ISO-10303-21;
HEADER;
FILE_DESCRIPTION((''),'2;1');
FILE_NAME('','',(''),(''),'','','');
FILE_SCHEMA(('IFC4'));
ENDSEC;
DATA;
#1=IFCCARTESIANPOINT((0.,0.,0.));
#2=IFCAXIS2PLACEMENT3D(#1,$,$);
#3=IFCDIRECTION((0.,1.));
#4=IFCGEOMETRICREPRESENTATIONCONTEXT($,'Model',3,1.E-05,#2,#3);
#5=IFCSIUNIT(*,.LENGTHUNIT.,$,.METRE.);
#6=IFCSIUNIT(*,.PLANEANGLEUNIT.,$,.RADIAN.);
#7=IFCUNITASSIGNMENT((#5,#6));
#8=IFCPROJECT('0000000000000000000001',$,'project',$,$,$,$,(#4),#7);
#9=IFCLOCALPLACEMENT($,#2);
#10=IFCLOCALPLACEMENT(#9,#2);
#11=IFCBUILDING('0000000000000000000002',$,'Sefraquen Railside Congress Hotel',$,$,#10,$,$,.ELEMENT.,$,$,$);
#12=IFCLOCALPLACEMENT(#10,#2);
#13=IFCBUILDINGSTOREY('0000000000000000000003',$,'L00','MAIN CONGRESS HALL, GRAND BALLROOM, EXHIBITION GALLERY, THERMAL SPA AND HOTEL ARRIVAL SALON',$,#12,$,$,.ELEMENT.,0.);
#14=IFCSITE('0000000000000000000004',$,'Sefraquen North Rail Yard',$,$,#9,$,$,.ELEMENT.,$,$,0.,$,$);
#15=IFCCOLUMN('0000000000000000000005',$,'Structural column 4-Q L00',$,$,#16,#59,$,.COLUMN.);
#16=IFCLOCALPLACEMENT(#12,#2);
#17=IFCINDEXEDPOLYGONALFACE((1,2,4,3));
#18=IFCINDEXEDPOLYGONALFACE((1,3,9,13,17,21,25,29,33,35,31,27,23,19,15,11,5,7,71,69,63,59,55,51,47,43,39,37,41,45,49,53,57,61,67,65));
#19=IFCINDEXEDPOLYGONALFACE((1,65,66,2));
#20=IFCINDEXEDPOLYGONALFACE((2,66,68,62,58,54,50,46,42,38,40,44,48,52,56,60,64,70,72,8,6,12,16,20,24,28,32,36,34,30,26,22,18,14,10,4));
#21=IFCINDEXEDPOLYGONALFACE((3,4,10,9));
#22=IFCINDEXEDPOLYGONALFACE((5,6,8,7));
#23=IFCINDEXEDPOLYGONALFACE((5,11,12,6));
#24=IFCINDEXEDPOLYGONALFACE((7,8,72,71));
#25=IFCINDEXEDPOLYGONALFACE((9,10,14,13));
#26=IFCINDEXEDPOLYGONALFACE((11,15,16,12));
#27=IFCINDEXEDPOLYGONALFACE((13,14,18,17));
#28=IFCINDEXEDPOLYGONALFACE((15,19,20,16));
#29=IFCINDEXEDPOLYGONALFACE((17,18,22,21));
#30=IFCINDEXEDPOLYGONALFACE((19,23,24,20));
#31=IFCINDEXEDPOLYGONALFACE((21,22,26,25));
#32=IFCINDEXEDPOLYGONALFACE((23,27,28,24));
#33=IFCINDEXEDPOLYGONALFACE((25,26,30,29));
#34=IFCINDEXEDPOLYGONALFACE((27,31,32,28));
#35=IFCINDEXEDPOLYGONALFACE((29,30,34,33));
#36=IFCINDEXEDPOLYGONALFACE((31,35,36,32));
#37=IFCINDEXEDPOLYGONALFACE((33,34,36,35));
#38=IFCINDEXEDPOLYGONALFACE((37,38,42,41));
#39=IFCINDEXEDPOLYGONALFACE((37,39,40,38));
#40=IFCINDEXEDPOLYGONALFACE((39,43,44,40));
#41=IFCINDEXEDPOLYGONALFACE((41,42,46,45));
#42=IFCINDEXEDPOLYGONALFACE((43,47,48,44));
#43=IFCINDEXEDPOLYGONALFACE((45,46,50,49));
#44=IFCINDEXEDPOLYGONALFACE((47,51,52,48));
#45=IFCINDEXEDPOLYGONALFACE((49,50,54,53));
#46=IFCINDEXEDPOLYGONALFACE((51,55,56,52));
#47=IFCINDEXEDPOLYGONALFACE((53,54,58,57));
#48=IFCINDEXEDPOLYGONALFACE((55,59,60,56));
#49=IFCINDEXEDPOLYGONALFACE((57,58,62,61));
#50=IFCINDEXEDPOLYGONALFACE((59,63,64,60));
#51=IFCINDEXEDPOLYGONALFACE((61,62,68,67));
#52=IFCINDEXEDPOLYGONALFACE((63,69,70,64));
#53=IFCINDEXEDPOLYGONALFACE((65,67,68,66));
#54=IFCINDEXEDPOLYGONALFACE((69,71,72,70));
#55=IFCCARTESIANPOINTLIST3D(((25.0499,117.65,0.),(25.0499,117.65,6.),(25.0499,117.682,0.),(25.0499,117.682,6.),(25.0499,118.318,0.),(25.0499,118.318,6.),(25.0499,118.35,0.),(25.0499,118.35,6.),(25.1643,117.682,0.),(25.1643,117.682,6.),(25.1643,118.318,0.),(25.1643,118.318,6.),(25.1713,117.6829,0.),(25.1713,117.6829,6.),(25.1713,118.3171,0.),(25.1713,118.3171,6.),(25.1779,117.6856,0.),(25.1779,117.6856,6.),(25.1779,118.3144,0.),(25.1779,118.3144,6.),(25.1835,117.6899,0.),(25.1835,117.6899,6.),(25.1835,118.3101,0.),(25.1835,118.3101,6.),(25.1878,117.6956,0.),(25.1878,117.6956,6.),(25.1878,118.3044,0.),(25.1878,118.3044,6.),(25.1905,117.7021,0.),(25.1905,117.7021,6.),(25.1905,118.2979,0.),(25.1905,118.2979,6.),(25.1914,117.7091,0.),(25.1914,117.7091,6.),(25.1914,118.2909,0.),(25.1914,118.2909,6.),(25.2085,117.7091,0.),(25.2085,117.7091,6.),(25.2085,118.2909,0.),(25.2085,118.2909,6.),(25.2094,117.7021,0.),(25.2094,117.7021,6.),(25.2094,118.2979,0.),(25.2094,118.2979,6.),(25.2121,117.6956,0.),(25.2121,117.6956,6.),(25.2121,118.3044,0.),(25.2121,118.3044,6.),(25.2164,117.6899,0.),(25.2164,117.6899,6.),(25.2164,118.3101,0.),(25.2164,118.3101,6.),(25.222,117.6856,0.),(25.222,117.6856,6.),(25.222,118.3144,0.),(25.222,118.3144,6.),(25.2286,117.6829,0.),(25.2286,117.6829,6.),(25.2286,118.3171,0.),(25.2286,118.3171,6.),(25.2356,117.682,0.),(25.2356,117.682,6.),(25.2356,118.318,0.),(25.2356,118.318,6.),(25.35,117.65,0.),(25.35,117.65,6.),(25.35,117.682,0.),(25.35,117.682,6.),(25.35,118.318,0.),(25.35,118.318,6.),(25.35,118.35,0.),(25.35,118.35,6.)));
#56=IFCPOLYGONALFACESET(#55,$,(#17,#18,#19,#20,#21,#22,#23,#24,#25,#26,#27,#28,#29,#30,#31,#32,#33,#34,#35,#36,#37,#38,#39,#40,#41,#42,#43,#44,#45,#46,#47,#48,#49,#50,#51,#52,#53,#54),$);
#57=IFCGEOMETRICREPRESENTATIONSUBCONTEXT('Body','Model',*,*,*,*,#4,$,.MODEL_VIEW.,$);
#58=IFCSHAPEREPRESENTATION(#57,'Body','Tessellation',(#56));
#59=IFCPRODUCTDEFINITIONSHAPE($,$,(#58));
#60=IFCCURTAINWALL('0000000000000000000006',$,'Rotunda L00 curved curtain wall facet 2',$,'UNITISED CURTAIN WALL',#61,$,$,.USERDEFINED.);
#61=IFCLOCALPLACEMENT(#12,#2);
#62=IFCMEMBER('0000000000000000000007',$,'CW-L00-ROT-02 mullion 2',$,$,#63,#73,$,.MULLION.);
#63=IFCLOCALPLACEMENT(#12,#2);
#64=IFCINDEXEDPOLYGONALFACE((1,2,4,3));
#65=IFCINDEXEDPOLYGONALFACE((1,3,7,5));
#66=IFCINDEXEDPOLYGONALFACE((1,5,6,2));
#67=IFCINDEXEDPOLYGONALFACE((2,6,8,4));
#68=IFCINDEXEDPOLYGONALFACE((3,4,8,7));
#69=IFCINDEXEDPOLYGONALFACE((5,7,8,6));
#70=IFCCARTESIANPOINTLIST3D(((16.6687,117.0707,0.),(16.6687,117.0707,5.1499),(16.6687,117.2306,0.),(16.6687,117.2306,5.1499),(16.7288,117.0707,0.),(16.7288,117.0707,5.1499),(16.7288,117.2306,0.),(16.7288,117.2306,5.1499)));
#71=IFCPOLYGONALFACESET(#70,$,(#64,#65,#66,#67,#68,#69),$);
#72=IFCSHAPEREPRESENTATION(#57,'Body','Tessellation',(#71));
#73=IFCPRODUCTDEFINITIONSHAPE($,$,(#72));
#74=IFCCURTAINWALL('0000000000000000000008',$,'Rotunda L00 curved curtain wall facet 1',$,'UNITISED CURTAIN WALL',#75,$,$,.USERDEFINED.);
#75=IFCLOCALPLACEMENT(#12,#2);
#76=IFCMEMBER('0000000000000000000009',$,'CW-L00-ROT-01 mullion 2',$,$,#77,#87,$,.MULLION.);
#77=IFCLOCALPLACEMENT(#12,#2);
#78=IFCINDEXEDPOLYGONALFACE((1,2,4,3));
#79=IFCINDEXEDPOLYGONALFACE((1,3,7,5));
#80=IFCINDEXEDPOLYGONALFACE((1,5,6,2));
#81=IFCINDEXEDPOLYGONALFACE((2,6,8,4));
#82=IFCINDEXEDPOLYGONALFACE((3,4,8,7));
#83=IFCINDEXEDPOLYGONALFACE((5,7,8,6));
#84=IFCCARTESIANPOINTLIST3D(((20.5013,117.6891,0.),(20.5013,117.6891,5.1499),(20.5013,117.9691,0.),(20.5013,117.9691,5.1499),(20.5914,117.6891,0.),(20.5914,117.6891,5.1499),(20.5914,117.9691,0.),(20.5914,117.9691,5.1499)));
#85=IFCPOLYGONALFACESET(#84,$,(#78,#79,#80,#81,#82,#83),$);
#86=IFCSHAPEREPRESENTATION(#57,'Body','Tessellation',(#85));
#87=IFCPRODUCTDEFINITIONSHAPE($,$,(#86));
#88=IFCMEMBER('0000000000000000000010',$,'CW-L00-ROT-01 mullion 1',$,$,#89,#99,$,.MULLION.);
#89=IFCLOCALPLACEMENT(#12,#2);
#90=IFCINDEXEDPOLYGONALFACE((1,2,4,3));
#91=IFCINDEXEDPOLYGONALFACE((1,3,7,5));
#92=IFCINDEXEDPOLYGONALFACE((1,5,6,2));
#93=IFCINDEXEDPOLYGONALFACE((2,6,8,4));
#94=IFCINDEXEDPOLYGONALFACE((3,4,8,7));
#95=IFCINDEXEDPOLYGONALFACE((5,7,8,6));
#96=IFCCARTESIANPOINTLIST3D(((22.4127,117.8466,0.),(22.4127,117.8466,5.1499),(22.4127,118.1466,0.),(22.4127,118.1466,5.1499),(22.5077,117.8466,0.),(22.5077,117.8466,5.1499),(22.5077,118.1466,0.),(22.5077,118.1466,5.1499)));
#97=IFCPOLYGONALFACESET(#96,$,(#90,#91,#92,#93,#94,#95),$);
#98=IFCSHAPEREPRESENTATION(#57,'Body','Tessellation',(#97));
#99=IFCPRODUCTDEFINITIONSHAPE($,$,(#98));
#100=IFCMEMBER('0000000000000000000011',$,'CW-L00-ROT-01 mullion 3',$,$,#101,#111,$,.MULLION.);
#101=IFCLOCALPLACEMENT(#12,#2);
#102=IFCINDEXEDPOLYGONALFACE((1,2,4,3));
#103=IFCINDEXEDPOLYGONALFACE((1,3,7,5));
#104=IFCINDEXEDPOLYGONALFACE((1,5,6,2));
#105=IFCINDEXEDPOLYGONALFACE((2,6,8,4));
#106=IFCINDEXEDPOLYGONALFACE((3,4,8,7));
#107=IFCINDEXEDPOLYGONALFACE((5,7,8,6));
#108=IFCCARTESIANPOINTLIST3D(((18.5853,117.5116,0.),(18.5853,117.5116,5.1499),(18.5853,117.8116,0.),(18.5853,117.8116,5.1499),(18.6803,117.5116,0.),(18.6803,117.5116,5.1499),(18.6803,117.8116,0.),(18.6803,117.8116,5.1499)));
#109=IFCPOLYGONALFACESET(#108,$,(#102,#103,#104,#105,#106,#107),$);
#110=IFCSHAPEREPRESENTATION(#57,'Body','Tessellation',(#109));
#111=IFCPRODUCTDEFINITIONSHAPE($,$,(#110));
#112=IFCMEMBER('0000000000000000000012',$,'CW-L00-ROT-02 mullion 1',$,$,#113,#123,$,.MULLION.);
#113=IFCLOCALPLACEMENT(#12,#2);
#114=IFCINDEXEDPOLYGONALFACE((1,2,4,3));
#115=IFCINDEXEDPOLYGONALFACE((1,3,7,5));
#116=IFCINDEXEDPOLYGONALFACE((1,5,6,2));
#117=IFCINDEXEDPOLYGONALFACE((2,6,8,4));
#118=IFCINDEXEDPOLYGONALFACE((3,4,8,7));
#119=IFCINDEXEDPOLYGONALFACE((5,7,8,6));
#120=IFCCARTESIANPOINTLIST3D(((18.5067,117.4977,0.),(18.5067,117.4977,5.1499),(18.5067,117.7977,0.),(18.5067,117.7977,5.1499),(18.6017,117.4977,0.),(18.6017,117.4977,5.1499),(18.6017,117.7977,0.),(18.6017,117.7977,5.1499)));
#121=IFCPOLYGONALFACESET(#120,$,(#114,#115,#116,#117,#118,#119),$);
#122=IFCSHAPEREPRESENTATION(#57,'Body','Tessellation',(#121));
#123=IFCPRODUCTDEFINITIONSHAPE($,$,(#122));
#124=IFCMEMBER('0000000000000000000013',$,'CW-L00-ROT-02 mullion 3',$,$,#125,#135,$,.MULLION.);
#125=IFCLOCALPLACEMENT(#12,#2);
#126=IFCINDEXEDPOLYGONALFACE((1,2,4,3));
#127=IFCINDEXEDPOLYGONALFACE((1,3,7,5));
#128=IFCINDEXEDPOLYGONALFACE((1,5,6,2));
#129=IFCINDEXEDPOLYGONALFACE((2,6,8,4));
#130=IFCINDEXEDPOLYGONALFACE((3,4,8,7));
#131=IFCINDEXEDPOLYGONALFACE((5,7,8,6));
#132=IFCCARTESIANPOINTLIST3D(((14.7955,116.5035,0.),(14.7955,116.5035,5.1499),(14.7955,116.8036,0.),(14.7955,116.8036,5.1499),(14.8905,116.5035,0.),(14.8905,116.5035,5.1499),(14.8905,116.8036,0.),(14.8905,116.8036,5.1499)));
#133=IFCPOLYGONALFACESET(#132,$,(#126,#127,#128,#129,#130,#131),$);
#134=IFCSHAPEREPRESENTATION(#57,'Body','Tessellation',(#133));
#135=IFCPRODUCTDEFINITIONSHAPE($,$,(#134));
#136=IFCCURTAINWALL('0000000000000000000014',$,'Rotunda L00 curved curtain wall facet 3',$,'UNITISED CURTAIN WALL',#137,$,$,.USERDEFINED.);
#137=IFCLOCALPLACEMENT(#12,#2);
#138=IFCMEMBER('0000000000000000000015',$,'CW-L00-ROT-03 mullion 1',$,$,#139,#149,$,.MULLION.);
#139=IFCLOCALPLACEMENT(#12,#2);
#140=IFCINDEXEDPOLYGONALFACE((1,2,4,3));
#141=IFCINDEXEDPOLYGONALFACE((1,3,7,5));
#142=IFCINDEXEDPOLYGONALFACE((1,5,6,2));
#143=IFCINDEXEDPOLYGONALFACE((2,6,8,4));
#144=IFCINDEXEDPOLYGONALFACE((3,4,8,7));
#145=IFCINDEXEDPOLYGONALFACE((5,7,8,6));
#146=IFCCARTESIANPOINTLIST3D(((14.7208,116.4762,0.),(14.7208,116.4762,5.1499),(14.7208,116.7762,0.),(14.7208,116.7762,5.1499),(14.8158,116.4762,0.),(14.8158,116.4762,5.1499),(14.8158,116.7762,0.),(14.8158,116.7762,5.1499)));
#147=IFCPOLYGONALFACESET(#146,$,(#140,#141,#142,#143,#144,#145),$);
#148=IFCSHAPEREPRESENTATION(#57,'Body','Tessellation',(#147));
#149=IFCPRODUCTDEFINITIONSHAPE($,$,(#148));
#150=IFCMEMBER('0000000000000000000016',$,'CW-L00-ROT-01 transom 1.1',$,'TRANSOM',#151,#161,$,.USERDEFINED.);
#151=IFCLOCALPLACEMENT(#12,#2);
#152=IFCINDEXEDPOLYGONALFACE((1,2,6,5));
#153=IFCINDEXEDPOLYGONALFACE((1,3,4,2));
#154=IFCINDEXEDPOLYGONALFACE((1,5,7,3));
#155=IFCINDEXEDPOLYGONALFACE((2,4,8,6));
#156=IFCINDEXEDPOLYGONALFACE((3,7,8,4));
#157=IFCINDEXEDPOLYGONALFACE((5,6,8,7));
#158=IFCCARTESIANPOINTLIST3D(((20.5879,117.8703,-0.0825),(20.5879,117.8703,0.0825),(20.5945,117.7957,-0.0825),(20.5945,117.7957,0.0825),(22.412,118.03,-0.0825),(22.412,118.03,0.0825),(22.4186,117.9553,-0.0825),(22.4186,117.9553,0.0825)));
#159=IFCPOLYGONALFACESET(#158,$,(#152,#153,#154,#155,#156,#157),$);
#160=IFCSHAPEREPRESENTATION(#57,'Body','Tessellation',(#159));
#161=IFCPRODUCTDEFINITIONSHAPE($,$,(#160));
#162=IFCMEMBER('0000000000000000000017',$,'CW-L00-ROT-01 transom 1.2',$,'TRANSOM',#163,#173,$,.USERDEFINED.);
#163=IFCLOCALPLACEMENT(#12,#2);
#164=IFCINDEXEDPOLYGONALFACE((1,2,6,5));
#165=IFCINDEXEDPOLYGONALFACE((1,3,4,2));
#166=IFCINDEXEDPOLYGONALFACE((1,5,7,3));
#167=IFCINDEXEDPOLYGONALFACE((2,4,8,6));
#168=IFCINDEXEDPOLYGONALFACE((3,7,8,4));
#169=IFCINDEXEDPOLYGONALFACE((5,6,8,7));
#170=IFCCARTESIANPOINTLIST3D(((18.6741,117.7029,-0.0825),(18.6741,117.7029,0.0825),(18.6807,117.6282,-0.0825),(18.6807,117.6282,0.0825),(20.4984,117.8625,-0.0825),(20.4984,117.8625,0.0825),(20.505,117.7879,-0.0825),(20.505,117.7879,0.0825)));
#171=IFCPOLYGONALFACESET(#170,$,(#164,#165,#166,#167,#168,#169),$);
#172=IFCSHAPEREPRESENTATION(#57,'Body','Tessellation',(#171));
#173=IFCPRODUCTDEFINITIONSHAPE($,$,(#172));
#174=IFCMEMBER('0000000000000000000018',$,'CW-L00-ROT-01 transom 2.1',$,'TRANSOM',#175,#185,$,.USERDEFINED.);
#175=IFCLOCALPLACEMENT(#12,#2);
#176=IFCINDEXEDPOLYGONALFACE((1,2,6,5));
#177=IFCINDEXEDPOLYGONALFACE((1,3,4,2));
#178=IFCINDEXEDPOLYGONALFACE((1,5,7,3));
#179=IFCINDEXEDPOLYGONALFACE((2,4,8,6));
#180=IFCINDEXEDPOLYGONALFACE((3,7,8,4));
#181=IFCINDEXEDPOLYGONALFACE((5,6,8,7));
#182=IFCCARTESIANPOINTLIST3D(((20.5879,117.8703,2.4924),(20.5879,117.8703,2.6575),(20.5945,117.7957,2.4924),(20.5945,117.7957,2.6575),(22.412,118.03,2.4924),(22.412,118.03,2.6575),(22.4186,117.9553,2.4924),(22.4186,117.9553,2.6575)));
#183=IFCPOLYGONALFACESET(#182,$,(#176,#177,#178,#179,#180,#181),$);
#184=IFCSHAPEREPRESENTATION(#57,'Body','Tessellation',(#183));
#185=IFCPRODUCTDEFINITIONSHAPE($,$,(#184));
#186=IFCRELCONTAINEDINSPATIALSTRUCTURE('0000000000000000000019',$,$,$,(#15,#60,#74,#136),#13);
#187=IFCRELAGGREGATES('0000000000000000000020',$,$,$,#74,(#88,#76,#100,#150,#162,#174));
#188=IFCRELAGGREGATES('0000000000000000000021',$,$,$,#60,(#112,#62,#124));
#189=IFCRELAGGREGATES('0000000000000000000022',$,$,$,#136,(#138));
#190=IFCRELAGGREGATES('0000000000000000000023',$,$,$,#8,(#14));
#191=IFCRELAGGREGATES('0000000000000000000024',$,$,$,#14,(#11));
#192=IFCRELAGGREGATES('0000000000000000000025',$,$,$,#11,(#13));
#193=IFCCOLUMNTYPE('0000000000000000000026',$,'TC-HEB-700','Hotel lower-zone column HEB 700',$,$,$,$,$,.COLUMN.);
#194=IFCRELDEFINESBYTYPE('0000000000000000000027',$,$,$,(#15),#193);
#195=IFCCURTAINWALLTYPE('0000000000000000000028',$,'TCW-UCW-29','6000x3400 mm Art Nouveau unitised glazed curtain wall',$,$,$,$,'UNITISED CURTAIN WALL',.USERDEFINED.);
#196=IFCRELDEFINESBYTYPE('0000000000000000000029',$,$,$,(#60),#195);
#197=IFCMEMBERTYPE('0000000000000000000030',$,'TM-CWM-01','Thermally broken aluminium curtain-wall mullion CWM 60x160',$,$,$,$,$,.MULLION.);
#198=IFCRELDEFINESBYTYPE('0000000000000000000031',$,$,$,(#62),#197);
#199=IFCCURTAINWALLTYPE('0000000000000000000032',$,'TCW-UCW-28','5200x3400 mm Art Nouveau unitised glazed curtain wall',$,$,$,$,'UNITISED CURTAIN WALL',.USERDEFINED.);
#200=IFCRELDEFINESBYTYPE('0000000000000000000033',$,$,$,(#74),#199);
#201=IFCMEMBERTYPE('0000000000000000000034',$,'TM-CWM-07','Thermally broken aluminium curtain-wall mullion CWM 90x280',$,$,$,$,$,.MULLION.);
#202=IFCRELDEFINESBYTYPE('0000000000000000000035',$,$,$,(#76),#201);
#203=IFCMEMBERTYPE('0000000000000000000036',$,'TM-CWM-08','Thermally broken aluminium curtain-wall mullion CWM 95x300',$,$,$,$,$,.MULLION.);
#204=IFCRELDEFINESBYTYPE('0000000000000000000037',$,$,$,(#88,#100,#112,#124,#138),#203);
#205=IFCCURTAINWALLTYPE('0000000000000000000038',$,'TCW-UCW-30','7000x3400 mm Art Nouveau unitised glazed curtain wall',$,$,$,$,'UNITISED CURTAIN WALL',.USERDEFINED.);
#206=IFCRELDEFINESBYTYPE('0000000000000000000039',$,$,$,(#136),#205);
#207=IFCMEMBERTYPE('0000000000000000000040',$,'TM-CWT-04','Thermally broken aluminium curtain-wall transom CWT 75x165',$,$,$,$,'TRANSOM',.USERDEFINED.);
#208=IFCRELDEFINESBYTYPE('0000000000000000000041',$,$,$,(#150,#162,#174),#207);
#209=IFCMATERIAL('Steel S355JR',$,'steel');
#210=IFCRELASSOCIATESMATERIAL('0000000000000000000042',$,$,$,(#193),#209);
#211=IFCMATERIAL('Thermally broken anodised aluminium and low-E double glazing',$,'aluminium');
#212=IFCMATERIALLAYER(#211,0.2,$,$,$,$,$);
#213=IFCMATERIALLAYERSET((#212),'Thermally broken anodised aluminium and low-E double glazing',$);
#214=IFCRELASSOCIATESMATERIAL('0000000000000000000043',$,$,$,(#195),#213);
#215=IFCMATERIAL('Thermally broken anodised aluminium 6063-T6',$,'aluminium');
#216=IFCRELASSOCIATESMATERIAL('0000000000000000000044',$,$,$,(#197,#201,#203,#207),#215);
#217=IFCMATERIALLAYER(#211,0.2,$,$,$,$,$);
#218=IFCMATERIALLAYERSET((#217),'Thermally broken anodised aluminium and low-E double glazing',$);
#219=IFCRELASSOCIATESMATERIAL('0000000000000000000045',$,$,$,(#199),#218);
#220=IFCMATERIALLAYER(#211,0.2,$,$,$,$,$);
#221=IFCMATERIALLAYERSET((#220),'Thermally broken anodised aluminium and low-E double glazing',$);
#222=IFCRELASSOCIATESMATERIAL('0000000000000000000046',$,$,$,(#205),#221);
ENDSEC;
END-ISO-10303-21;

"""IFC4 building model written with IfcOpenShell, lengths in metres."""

from ifc_helpers import new_model, si_unit, direction, frame, origin, origin_2d, place, context, subcontext, project, spatial, rectangle, i_section, extrude, material, layer, layer_set, material_profile, profile_set, type_object, element, aggregate, save


model = new_model("IFC4")

# Units and contexts
model_context = context("Model", 3, precision=1e-05, world=origin(), true_north=direction((0.0, 1.0)))
body_context = subcontext(model_context, "Body", "Model", "MODEL_VIEW")
ifc_project = project(units=[si_unit("LENGTHUNIT", "METRE"), si_unit("PLANEANGLEUNIT", "RADIAN")], contexts=[model_context])

# Site, building, storey
site_placement = place(None, origin())
site = spatial("IfcSite", under=ifc_project, at=site_placement, Name="Sefraquen North Rail Yard", CompositionType="ELEMENT", RefElevation=0.0)
building_placement = place(site_placement, origin())
building = spatial("IfcBuilding", under=site, at=building_placement, Name="Sefraquen Railside Congress Hotel", CompositionType="ELEMENT")
storey_placement = place(building_placement, origin())
storey = spatial("IfcBuildingStorey", under=building, at=storey_placement, Name="L00", Description="MAIN CONGRESS HALL, GRAND BALLROOM, EXHIBITION GALLERY, THERMAL SPA AND HOTEL ARRIVAL SALON", CompositionType="ELEMENT", Elevation=0.0)

# Column
ifc_material_1 = material(Name="Steel S355JR", Category="steel")
ifc_material_profile_1 = material_profile(ifc_material_1, i_section(OverallWidth=0.3, OverallDepth=0.7, WebThickness=0.0171, FlangeThickness=0.032, FilletRadius=0.0271, at=origin_2d()), Name="HEB 700")
ifc_profile_set_1 = profile_set([ifc_material_profile_1], Name="Steel S355JR")
column_type = type_object("IfcColumnType", Name="TC-HEB-700", Description="Hotel lower-zone column HEB 700", PredefinedType="COLUMN", material=ifc_profile_set_1)
column_placement = place(storey_placement, frame((25.2, 118.0, 0.0), z_axis=(0.0, 0.0, 1.0), x_axis=(1.0, 0.0, 0.0)))
element("IfcColumn", 1, at=column_placement, inside=storey, type_object=column_type, Name="Structural column 4-Q L00", PredefinedType="COLUMN", context=body_context, shape_type="SweptSolid", body=[
    extrude(i_section(OverallWidth=0.3, OverallDepth=0.7, WebThickness=0.0171, FlangeThickness=0.032, FilletRadius=0.0271, at=origin_2d()), origin(), (0.0, 0.0, 1.0), 6.0),
])

# Curtain wall, member
ifc_material_2 = material(Name="Thermally broken anodised aluminium and low-E double glazing", Category="aluminium")
ifc_layer_1 = layer(ifc_material_2, 0.2)
ifc_layer_set_1 = layer_set([ifc_layer_1], Name="Thermally broken anodised aluminium and low-E double glazing")
curtain_wall_type_1 = type_object("IfcCurtainWallType", Name="TCW-UCW-29", Description="6000x3400 mm Art Nouveau unitised glazed curtain wall", ElementType="UNITISED CURTAIN WALL", PredefinedType="USERDEFINED", material=ifc_layer_set_1)
curtain_wall_1_placement = place(storey_placement, origin())
curtain_wall_1 = element("IfcCurtainWall", 2, at=curtain_wall_1_placement, inside=storey, type_object=curtain_wall_type_1, Name="Rotunda L00 curved curtain wall facet 2", ObjectType="UNITISED CURTAIN WALL", PredefinedType="USERDEFINED")
ifc_material_3 = material(Name="Thermally broken anodised aluminium 6063-T6", Category="aluminium")
ifc_material_profile_2 = material_profile(ifc_material_3, rectangle(XDim=0.0601, YDim=0.1599, at=origin_2d()), Name="CWM 60x160")
ifc_profile_set_2 = profile_set([ifc_material_profile_2], Name="Thermally broken anodised aluminium 6063-T6")
member_type_1 = type_object("IfcMemberType", Name="TM-CWM-01", Description="Thermally broken aluminium curtain-wall mullion CWM 60x160", PredefinedType="MULLION", material=ifc_profile_set_2)
member_1_placement = place(storey_placement, frame((16.6987, 117.1506, 0.0), z_axis=(0.0, 0.0, 1.0), x_axis=(1.0, 0.0, 0.0)))
member_1 = element("IfcMember", 3, at=member_1_placement, type_object=member_type_1, Name="CW-L00-ROT-02 mullion 2", PredefinedType="MULLION", context=body_context, shape_type="SweptSolid", body=[
    extrude(rectangle(XDim=0.0601, YDim=0.1599, at=origin_2d()), origin(), (0.0, 0.0, 1.0), 5.1499),
])

# Curtain wall, members
ifc_layer_2 = layer(ifc_material_2, 0.2)
ifc_layer_set_2 = layer_set([ifc_layer_2], Name="Thermally broken anodised aluminium and low-E double glazing")
curtain_wall_type_2 = type_object("IfcCurtainWallType", Name="TCW-UCW-28", Description="5200x3400 mm Art Nouveau unitised glazed curtain wall", ElementType="UNITISED CURTAIN WALL", PredefinedType="USERDEFINED", material=ifc_layer_set_2)
curtain_wall_2_placement = place(storey_placement, origin())
curtain_wall_2 = element("IfcCurtainWall", 4, at=curtain_wall_2_placement, inside=storey, type_object=curtain_wall_type_2, Name="Rotunda L00 curved curtain wall facet 1", ObjectType="UNITISED CURTAIN WALL", PredefinedType="USERDEFINED")
ifc_material_profile_3 = material_profile(ifc_material_3, rectangle(XDim=0.0901, YDim=0.28, at=origin_2d()), Name="CWM 90x280")
ifc_profile_set_3 = profile_set([ifc_material_profile_3], Name="Thermally broken anodised aluminium 6063-T6")
member_type_2 = type_object("IfcMemberType", Name="TM-CWM-07", Description="Thermally broken aluminium curtain-wall mullion CWM 90x280", PredefinedType="MULLION", material=ifc_profile_set_3)
member_2_placement = place(storey_placement, frame((20.5464, 117.8291, 0.0), z_axis=(0.0, 0.0, 1.0), x_axis=(1.0, 0.0, 0.0)))
member_2 = element("IfcMember", 5, at=member_2_placement, type_object=member_type_2, Name="CW-L00-ROT-01 mullion 2", PredefinedType="MULLION", context=body_context, shape_type="SweptSolid", body=[
    extrude(rectangle(XDim=0.0901, YDim=0.28, at=origin_2d()), origin(), (0.0, 0.0, 1.0), 5.1499),
])
ifc_material_profile_4 = material_profile(ifc_material_3, rectangle(XDim=0.095, YDim=0.3, at=origin_2d()), Name="CWM 95x300")
ifc_profile_set_4 = profile_set([ifc_material_profile_4], Name="Thermally broken anodised aluminium 6063-T6")
member_type_3 = type_object("IfcMemberType", Name="TM-CWM-08", Description="Thermally broken aluminium curtain-wall mullion CWM 95x300", PredefinedType="MULLION", material=ifc_profile_set_4)
member_3_placement = place(storey_placement, frame((22.4602, 117.9966, 0.0), z_axis=(0.0, 0.0, 1.0), x_axis=(1.0, 0.0, 0.0)))
member_3 = element("IfcMember", 6, at=member_3_placement, type_object=member_type_3, Name="CW-L00-ROT-01 mullion 1", PredefinedType="MULLION", context=body_context, shape_type="SweptSolid", body=[
    extrude(rectangle(XDim=0.095, YDim=0.3, at=origin_2d()), origin(), (0.0, 0.0, 1.0), 5.1499),
])
member_4_placement = place(storey_placement, frame((18.6328, 117.6616, 0.0), z_axis=(0.0, 0.0, 1.0), x_axis=(1.0, 0.0, 0.0)))
member_4 = element("IfcMember", 7, at=member_4_placement, type_object=member_type_3, Name="CW-L00-ROT-01 mullion 3", PredefinedType="MULLION", context=body_context, shape_type="SweptSolid", body=[
    extrude(rectangle(XDim=0.095, YDim=0.3, at=origin_2d()), origin(), (0.0, 0.0, 1.0), 5.1499),
])

# Members
member_5_placement = place(storey_placement, frame((18.5542, 117.6477, 0.0), z_axis=(0.0, 0.0, 1.0), x_axis=(1.0, 0.0, 0.0)))
member_5 = element("IfcMember", 8, at=member_5_placement, type_object=member_type_3, Name="CW-L00-ROT-02 mullion 1", PredefinedType="MULLION", context=body_context, shape_type="SweptSolid", body=[
    extrude(rectangle(XDim=0.095, YDim=0.3, at=origin_2d()), origin(), (0.0, 0.0, 1.0), 5.1499),
])
member_6_placement = place(storey_placement, frame((14.843, 116.6536, 0.0), z_axis=(0.0, 0.0, 1.0), x_axis=(1.0, 0.0, 0.0)))
member_6 = element("IfcMember", 9, at=member_6_placement, type_object=member_type_3, Name="CW-L00-ROT-02 mullion 3", PredefinedType="MULLION", context=body_context, shape_type="SweptSolid", body=[
    extrude(rectangle(XDim=0.095, YDim=0.3, at=origin_2d()), origin(), (0.0, 0.0, 1.0), 5.1499),
])

# Curtain wall, member
ifc_layer_3 = layer(ifc_material_2, 0.2)
ifc_layer_set_3 = layer_set([ifc_layer_3], Name="Thermally broken anodised aluminium and low-E double glazing")
curtain_wall_type_3 = type_object("IfcCurtainWallType", Name="TCW-UCW-30", Description="7000x3400 mm Art Nouveau unitised glazed curtain wall", ElementType="UNITISED CURTAIN WALL", PredefinedType="USERDEFINED", material=ifc_layer_set_3)
curtain_wall_3_placement = place(storey_placement, origin())
curtain_wall_3 = element("IfcCurtainWall", 10, at=curtain_wall_3_placement, inside=storey, type_object=curtain_wall_type_3, Name="Rotunda L00 curved curtain wall facet 3", ObjectType="UNITISED CURTAIN WALL", PredefinedType="USERDEFINED")
member_7_placement = place(storey_placement, frame((14.7683, 116.6262, 0.0), z_axis=(0.0, 0.0, 1.0), x_axis=(1.0, 0.0, 0.0)))
member_7 = element("IfcMember", 11, at=member_7_placement, type_object=member_type_3, Name="CW-L00-ROT-03 mullion 1", PredefinedType="MULLION", context=body_context, shape_type="SweptSolid", body=[
    extrude(rectangle(XDim=0.095, YDim=0.3, at=origin_2d()), origin(), (0.0, 0.0, 1.0), 5.1499),
])

# Members
ifc_material_profile_5 = material_profile(ifc_material_3, rectangle(XDim=0.075, YDim=0.165, at=origin_2d()), Name="CWT 75x165")
ifc_profile_set_5 = profile_set([ifc_material_profile_5], Name="Thermally broken anodised aluminium 6063-T6")
member_type_4 = type_object("IfcMemberType", Name="TM-CWT-04", Description="Thermally broken aluminium curtain-wall transom CWT 75x165", ElementType="TRANSOM", PredefinedType="USERDEFINED", material=ifc_profile_set_5)
member_8_placement = place(storey_placement, frame((22.4153, 117.9927, 0.0), z_axis=(-0.99619, -0.087205, 0.0), x_axis=(0.087205, -0.99619, 0.0)))
member_8 = element("IfcMember", 12, at=member_8_placement, type_object=member_type_4, Name="CW-L00-ROT-01 transom 1.1", ObjectType="TRANSOM", PredefinedType="USERDEFINED", context=body_context, shape_type="SweptSolid", body=[
    extrude(rectangle(XDim=0.075, YDim=0.165, at=origin_2d()), origin(), (0.0, 0.0, 1.0), 1.8311),
])
member_9_placement = place(storey_placement, frame((20.5017, 117.8252, 0.0), z_axis=(-0.996191, -0.087193, 0.0), x_axis=(0.087193, -0.996191, 0.0)))
member_9 = element("IfcMember", 13, at=member_9_placement, type_object=member_type_4, Name="CW-L00-ROT-01 transom 1.2", ObjectType="TRANSOM", PredefinedType="USERDEFINED", context=body_context, shape_type="SweptSolid", body=[
    extrude(rectangle(XDim=0.075, YDim=0.165, at=origin_2d()), origin(), (0.0, 0.0, 1.0), 1.8313),
])
member_10_placement = place(storey_placement, frame((22.4153, 117.9927, 2.575), z_axis=(-0.99619, -0.087205, 0.0), x_axis=(0.087205, -0.99619, 0.0)))
member_10 = element("IfcMember", 14, at=member_10_placement, type_object=member_type_4, Name="CW-L00-ROT-01 transom 2.1", ObjectType="TRANSOM", PredefinedType="USERDEFINED", context=body_context, shape_type="SweptSolid", body=[
    extrude(rectangle(XDim=0.075, YDim=0.165, at=origin_2d()), origin(), (0.0, 0.0, 1.0), 1.8311),
])

aggregate(curtain_wall_2, [member_3, member_2, member_4, member_8, member_9, member_10])
aggregate(curtain_wall_1, [member_5, member_1, member_6])
aggregate(curtain_wall_3, [member_7])

save(model, "model.ifc")
